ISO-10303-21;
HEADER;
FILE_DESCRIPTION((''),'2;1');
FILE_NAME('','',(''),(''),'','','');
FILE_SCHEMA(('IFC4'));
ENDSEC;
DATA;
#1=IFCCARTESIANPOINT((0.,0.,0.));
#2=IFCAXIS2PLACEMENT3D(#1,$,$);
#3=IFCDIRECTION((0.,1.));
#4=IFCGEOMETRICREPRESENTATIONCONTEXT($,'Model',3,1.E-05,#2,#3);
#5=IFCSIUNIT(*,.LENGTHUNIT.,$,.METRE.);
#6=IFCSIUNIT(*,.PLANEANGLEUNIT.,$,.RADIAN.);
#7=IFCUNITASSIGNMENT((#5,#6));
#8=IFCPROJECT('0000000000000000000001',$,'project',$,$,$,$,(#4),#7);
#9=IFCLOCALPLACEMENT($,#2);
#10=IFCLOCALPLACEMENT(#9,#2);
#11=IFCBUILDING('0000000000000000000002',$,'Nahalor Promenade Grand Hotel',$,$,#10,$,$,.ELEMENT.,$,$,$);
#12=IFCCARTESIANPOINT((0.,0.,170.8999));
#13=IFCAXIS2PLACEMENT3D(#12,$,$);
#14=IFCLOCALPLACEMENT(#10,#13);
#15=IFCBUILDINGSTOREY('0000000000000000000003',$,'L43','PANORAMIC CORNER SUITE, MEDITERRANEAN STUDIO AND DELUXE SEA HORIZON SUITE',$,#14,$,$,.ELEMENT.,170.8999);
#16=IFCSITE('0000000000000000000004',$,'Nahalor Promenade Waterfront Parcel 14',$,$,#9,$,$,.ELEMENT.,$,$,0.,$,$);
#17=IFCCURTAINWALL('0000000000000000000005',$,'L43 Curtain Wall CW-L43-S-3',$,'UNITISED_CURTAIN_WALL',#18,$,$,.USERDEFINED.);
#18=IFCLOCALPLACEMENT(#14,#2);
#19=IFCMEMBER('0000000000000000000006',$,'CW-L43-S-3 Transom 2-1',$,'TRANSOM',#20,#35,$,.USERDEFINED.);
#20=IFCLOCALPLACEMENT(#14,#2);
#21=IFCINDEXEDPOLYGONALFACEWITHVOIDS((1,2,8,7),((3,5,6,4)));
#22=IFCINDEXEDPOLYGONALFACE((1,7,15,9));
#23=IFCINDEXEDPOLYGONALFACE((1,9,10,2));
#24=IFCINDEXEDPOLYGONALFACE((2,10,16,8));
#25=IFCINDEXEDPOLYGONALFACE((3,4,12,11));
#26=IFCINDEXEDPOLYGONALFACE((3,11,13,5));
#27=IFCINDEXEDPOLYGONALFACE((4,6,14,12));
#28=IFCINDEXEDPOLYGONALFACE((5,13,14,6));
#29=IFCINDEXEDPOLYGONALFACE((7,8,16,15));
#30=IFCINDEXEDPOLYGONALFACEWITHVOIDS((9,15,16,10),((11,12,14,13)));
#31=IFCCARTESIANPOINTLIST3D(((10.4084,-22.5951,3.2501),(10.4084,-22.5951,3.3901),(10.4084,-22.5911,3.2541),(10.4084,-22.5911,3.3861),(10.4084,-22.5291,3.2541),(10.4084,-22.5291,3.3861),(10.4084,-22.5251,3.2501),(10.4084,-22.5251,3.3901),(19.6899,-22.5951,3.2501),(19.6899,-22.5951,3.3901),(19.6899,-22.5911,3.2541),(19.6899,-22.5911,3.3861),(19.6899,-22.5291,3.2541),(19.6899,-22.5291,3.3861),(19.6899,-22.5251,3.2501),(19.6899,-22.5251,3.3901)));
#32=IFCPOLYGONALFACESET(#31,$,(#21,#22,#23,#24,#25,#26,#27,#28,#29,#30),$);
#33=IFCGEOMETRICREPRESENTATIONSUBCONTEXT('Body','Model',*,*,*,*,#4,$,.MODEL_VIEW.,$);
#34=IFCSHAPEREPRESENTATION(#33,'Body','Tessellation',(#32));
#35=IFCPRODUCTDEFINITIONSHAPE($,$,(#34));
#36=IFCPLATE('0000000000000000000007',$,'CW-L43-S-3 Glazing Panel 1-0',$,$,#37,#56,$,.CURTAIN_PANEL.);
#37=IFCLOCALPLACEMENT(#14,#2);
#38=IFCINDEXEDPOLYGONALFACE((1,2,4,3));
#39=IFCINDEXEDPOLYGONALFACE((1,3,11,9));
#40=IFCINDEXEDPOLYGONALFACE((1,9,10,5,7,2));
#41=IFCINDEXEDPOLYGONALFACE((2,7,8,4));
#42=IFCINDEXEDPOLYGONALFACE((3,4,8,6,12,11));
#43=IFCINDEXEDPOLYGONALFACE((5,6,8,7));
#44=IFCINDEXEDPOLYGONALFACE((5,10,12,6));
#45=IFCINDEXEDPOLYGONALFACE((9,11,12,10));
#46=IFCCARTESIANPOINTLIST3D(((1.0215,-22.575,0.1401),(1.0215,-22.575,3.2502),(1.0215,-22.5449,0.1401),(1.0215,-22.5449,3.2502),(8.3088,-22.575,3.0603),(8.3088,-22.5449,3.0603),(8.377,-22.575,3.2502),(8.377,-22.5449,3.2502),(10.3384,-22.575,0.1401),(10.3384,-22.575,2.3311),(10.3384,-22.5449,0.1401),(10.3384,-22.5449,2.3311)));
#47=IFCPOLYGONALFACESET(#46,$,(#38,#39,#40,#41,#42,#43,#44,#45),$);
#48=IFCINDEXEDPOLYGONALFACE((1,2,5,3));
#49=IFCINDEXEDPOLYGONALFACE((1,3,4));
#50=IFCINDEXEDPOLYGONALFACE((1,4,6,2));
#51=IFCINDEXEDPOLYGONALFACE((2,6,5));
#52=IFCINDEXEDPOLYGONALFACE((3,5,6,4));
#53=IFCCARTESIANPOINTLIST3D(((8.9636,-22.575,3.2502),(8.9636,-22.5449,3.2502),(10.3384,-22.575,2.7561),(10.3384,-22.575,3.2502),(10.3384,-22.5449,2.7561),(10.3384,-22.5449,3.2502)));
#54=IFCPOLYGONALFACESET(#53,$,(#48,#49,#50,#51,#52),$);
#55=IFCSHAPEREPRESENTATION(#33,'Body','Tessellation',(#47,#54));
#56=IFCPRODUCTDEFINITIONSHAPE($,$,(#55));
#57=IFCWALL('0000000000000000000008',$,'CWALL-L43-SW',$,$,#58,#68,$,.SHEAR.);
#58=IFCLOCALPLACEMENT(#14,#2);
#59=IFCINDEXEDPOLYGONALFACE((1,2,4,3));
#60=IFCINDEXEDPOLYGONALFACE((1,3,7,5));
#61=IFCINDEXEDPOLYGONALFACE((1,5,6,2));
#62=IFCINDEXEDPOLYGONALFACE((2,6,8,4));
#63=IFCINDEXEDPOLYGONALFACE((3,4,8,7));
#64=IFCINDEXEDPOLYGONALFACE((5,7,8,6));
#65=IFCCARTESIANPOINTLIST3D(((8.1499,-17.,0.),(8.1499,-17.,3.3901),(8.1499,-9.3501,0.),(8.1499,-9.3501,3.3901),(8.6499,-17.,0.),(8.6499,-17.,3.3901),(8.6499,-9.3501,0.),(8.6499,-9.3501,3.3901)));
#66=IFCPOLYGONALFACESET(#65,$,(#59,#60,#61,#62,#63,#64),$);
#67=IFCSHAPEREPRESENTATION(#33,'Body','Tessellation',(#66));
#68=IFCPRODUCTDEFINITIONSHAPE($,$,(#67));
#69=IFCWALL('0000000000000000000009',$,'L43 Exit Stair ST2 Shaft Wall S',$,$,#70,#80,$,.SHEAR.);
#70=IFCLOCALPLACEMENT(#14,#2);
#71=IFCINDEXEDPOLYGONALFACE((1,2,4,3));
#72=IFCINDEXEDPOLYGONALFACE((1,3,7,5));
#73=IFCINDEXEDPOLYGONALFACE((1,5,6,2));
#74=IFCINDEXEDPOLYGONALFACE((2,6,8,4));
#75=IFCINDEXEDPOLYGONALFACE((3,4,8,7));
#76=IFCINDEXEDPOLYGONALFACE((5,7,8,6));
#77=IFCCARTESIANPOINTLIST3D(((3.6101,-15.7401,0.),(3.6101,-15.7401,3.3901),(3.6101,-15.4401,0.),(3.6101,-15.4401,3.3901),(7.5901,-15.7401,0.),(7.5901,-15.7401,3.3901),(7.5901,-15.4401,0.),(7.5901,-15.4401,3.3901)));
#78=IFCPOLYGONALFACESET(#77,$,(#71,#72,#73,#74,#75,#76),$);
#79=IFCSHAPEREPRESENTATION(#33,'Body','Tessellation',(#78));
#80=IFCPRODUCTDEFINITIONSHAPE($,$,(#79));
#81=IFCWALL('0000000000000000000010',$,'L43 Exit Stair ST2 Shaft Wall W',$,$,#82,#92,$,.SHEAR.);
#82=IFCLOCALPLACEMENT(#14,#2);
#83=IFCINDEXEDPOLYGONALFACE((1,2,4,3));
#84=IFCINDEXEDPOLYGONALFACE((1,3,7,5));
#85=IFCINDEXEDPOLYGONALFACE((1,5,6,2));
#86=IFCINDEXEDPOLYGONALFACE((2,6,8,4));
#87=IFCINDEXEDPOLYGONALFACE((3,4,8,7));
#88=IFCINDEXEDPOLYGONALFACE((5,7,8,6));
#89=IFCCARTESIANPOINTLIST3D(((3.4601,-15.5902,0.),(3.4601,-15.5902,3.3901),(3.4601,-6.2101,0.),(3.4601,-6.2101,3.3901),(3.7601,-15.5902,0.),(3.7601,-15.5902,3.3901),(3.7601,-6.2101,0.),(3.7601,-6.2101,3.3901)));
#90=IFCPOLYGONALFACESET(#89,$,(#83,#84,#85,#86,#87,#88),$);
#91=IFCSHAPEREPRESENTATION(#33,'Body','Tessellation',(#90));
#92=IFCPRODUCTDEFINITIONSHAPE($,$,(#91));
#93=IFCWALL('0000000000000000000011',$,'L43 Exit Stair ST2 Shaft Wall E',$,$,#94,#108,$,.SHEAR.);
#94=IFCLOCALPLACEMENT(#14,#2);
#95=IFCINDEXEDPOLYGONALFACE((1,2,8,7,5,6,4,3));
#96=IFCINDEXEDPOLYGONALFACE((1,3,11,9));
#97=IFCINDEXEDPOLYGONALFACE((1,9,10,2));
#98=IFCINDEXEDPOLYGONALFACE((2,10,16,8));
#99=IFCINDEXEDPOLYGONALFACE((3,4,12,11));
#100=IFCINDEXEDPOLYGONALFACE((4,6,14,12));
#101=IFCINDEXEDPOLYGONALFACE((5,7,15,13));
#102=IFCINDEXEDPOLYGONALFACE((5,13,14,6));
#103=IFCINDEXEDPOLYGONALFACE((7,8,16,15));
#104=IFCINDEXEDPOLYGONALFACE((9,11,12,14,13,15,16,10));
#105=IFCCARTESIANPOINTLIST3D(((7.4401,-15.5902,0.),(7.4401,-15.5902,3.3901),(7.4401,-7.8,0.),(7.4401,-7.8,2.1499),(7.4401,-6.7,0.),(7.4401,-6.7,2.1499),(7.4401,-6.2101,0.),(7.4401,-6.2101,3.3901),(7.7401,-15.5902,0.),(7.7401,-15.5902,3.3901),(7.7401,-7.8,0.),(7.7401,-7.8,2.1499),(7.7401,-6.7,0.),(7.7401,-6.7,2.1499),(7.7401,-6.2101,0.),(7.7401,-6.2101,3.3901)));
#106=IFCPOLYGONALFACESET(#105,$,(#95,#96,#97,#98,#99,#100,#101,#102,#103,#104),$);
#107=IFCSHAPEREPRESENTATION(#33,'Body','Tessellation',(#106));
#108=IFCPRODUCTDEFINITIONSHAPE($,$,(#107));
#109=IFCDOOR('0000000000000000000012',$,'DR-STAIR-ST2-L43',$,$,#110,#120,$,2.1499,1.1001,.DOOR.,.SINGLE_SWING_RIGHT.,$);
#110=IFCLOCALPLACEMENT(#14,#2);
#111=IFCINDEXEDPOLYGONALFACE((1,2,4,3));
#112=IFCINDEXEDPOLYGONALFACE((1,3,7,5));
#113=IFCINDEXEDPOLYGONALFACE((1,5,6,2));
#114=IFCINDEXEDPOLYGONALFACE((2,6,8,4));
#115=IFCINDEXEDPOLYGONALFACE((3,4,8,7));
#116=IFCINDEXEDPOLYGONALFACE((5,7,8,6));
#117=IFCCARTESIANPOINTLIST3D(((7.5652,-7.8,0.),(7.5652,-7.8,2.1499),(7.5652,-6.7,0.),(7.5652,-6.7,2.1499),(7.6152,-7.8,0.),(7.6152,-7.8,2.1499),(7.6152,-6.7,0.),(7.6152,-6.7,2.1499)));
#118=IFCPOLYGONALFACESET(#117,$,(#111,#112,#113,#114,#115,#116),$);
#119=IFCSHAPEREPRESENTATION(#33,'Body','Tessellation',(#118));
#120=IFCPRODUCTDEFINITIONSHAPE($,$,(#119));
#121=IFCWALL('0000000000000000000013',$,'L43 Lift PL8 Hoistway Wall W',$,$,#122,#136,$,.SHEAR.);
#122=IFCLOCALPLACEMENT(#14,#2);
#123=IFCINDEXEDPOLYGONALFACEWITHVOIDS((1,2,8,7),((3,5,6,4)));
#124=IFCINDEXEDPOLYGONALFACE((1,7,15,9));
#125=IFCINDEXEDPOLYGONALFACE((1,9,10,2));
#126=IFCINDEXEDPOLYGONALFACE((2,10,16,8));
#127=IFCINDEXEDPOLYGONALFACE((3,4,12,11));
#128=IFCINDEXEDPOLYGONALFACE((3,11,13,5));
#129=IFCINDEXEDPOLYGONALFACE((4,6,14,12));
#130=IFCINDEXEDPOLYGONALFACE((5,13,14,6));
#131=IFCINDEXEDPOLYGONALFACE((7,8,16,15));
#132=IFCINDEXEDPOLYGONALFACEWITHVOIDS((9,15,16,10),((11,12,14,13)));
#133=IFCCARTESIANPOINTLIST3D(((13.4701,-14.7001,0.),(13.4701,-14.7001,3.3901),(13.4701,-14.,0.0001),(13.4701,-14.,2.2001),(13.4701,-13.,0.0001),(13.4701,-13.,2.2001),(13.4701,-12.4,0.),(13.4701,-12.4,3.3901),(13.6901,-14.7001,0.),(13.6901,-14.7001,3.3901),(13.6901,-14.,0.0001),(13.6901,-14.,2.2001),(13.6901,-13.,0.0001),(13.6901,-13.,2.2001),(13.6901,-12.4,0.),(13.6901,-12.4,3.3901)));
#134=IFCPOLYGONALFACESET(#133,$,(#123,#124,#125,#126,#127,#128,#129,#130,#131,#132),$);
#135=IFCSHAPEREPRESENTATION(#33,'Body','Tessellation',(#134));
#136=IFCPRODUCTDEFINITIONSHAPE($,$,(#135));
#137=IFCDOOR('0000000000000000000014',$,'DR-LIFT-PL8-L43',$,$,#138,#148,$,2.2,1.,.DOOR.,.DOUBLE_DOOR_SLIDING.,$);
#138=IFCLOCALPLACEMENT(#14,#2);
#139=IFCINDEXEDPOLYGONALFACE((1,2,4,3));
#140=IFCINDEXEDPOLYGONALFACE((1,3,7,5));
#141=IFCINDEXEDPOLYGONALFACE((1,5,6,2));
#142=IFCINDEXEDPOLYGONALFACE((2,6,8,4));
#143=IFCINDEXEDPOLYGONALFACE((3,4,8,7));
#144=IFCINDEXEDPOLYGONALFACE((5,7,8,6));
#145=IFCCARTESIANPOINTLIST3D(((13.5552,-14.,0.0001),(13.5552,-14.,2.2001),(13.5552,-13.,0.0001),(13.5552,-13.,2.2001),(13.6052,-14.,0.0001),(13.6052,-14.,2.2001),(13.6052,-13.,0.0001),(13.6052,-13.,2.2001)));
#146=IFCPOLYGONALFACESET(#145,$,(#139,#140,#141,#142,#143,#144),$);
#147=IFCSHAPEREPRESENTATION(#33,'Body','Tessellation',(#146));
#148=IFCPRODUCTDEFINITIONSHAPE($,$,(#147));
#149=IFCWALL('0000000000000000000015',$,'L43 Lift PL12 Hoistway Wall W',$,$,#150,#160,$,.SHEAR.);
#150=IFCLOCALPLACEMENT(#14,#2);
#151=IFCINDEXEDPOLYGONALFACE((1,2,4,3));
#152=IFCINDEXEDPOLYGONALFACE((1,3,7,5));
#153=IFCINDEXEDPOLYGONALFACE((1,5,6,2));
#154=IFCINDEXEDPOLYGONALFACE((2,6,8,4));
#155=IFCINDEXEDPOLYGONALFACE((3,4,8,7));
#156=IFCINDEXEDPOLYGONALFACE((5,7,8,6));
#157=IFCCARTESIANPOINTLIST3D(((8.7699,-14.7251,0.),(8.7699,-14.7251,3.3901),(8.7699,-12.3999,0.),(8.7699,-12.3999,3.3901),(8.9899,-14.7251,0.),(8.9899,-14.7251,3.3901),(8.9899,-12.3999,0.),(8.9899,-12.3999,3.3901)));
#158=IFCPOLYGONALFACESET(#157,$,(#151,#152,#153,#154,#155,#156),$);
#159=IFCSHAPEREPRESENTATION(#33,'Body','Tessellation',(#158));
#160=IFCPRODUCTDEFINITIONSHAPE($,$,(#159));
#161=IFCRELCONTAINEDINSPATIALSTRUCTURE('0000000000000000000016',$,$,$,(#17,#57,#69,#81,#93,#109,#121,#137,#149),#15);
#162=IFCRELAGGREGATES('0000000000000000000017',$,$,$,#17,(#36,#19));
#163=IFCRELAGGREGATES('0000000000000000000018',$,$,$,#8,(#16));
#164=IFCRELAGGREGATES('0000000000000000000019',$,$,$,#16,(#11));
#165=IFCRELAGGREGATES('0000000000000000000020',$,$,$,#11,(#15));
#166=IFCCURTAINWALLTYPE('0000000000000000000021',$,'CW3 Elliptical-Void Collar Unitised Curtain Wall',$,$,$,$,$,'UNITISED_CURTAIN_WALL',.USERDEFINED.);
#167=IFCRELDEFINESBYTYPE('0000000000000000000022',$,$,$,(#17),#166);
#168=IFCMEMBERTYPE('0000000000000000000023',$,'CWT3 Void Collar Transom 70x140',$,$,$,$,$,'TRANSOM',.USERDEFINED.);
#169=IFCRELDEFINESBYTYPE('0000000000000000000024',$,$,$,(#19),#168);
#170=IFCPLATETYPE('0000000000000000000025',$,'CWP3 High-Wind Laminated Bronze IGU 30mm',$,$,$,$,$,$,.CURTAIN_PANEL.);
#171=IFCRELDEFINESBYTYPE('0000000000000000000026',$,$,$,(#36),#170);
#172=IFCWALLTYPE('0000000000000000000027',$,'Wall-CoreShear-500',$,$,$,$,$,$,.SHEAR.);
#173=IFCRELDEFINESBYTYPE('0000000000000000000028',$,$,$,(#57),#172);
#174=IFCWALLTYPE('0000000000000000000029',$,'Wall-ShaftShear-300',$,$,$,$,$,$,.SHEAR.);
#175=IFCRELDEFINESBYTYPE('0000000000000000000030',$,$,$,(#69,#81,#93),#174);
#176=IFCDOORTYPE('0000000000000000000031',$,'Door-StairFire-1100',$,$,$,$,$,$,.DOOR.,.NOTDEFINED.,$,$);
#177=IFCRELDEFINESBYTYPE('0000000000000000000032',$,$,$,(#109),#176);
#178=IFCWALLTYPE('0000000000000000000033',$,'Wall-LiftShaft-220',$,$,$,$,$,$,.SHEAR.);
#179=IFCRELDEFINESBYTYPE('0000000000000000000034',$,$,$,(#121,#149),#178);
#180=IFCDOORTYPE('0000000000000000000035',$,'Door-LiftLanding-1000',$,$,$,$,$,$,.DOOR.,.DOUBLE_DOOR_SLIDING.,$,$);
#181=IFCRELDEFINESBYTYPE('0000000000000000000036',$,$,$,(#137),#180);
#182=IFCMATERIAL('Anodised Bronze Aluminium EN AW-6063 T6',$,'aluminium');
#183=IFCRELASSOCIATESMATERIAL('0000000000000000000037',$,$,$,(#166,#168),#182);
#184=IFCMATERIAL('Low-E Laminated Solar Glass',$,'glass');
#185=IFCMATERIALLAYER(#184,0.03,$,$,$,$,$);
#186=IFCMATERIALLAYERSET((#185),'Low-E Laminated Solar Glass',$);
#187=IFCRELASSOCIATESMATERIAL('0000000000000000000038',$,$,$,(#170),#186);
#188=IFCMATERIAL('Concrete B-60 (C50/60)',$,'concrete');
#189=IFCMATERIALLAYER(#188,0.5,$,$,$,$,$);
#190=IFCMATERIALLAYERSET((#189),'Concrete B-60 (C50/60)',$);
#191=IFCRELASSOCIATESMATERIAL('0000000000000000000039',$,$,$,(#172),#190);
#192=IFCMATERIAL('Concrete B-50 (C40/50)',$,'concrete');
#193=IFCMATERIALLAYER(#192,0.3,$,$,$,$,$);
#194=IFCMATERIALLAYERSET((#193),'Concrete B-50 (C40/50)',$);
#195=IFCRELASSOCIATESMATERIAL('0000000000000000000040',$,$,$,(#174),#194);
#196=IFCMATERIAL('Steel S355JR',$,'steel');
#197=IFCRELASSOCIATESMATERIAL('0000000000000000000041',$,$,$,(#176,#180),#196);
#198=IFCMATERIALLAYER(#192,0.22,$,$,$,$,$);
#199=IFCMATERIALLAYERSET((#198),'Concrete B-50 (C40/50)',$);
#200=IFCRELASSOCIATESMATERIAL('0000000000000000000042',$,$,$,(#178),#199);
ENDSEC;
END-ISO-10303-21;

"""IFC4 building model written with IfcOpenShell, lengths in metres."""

from ifc_helpers import new_model, si_unit, direction, frame, frame_2d, origin, origin_2d, place, context, subcontext, project, spatial, polyline, rectangle, hollow_rectangle, outline, extrude, source, transform, mapped, material, layer, layer_set, material_profile, profile_set, type_object, element, fill, aggregate, save


model = new_model("IFC4")

# Units and contexts
model_context = context("Model", 3, precision=1e-05, world=origin(), true_north=direction((0.0, 1.0)))
body_context = subcontext(model_context, "Body", "Model", "MODEL_VIEW")
ifc_project = project(units=[si_unit("LENGTHUNIT", "METRE"), si_unit("PLANEANGLEUNIT", "RADIAN")], contexts=[model_context])

# Site, building, storey
site_placement = place(None, origin())
site = spatial("IfcSite", under=ifc_project, at=site_placement, Name="Nahalor Promenade Waterfront Parcel 14", CompositionType="ELEMENT", RefElevation=0.0)
building_placement = place(site_placement, origin())
building = spatial("IfcBuilding", under=site, at=building_placement, Name="Nahalor Promenade Grand Hotel", CompositionType="ELEMENT")
storey_placement = place(building_placement, frame((0.0, 0.0, 170.8999)))
storey = spatial("IfcBuildingStorey", under=building, at=storey_placement, Name="L43", Description="PANORAMIC CORNER SUITE, MEDITERRANEAN STUDIO AND DELUXE SEA HORIZON SUITE", CompositionType="ELEMENT", Elevation=170.8999)

# Shared definitions
ifc_material_1 = material(Name="Concrete B-60 (C50/60)", Category="concrete")

# Shared definitions
ifc_material_2 = material(Name="Steel S355JR", Category="steel")

# Curtain wall, member, plate
ifc_material_3 = material(Name="Anodised Bronze Aluminium EN AW-6063 T6", Category="aluminium")
curtain_wall_type = type_object("IfcCurtainWallType", Name="CW3 Elliptical-Void Collar Unitised Curtain Wall", ElementType="UNITISED_CURTAIN_WALL", PredefinedType="USERDEFINED", material=ifc_material_3)
curtain_wall_placement = place(storey_placement, origin())
curtain_wall = element("IfcCurtainWall", 1, at=curtain_wall_placement, inside=storey, type_object=curtain_wall_type, Name="L43 Curtain Wall CW-L43-S-3", ObjectType="UNITISED_CURTAIN_WALL", PredefinedType="USERDEFINED")
ifc_material_profile_1 = material_profile(ifc_material_3, hollow_rectangle(XDim=0.07, YDim=0.14, WallThickness=0.004, at=origin_2d()), Name="CWT 70x140x4")
ifc_profile_set_1 = profile_set([ifc_material_profile_1], Name="Anodised Bronze Aluminium EN AW-6063 T6")
member_type_1 = type_object("IfcMemberType", Name="CWT3 Void Collar Transom 70x140", ElementType="TRANSOM", PredefinedType="USERDEFINED", material=ifc_profile_set_1)
shared_shape_1 = source(origin(), body_context, "Body", "SweptSolid", [
    extrude(hollow_rectangle(XDim=0.07, YDim=0.14, WallThickness=0.004, at=origin_2d()), origin(), (0.0, 0.0, 1.0), 9.2815),
])
member_1_placement = place(storey_placement, frame((10.4084, -22.5601, 3.3201), z_axis=(1.0, 0.0, 0.0), x_axis=(0.0, 1.0, 0.0)))
member_1 = element("IfcMember", 2, at=member_1_placement, type_object=member_type_1, Name="CW-L43-S-3 Transom 2-1", ObjectType="TRANSOM", PredefinedType="USERDEFINED", context=body_context, shape_type="MappedRepresentation", body=[
    mapped(shared_shape_1, transform((0.0, 0.0, 0.0), scale=1.0)),
])
ifc_material_4 = material(Name="Low-E Laminated Solar Glass", Category="glass")
ifc_layer_1 = layer(ifc_material_4, 0.03)
ifc_layer_set_1 = layer_set([ifc_layer_1], Name="Low-E Laminated Solar Glass")
plate_type = type_object("IfcPlateType", Name="CWP3 High-Wind Laminated Bronze IGU 30mm", PredefinedType="CURTAIN_PANEL", material=ifc_layer_set_1)
plate_placement = place(storey_placement, frame((5.6799, -22.5601, 0.1401), z_axis=(0.0, 0.0, 1.0), x_axis=(1.0, 0.0, 0.0)))
plate = element("IfcPlate", 3, at=plate_placement, type_object=plate_type, Name="CW-L43-S-3 Glazing Panel 1-0", PredefinedType="CURTAIN_PANEL", context=body_context, shape_type="SweptSolid", body=[
    extrude(outline(polyline([(-4.6584, 0.0), (4.6584, 0.0), (4.6584, 2.1909), (2.6289, 2.9202), (2.697, 3.1101), (-4.6584, 3.1101), (-4.6584, 0.0)])), frame((0.0, 0.0151, 0.0), z_axis=(0.0, -1.0, 0.0), x_axis=(1.0, 0.0, 0.0)), (0.0, 0.0, 1.0), 0.03),
    extrude(outline(polyline([(4.6584, 2.616), (4.6584, 3.1101), (3.2837, 3.1101), (4.6584, 2.616)])), frame((0.0, 0.0151, 0.0), z_axis=(0.0, -1.0, 0.0), x_axis=(1.0, 0.0, 0.0)), (0.0, 0.0, 1.0), 0.03),
])
aggregate(curtain_wall, [plate, member_1])

# Walls
ifc_layer_2 = layer(ifc_material_1, 0.5)
ifc_layer_set_2 = layer_set([ifc_layer_2], Name="Concrete B-60 (C50/60)")
wall_type_1 = type_object("IfcWallType", Name="Wall-CoreShear-500", PredefinedType="SHEAR", material=ifc_layer_set_2)
shared_shape_2 = source(origin(), body_context, "Body", "SweptSolid", [
    extrude(rectangle(XDim=7.6499, YDim=0.5, at=frame_2d((3.825, 0.0))), origin(), (0.0, 0.0, 1.0), 3.3901),
])
wall_1_placement = place(storey_placement, frame((8.3999, -17.0, 0.0), z_axis=(0.0, 0.0, 1.0), x_axis=(0.0, 1.0, 0.0)))
element("IfcWall", 4, at=wall_1_placement, inside=storey, type_object=wall_type_1, Name="CWALL-L43-SW", PredefinedType="SHEAR", context=body_context, shape_type="MappedRepresentation", body=[
    mapped(shared_shape_2, transform((0.0, 0.0, 0.0), scale=1.0)),
])
ifc_material_5 = material(Name="Concrete B-50 (C40/50)", Category="concrete")
ifc_layer_3 = layer(ifc_material_5, 0.3)
ifc_layer_set_3 = layer_set([ifc_layer_3], Name="Concrete B-50 (C40/50)")
wall_type_2 = type_object("IfcWallType", Name="Wall-ShaftShear-300", PredefinedType="SHEAR", material=ifc_layer_set_3)
shared_shape_3 = source(origin(), body_context, "Body", "SweptSolid", [
    extrude(rectangle(XDim=3.98, YDim=0.3, at=frame_2d((1.99, 0.0))), origin(), (0.0, 0.0, 1.0), 3.3901),
])
wall_2_placement = place(storey_placement, frame((3.6101, -15.5901, 0.0), z_axis=(0.0, 0.0, 1.0), x_axis=(1.0, 0.0, 0.0)))
element("IfcWall", 5, at=wall_2_placement, inside=storey, type_object=wall_type_2, Name="L43 Exit Stair ST2 Shaft Wall S", PredefinedType="SHEAR", context=body_context, shape_type="MappedRepresentation", body=[
    mapped(shared_shape_3, transform((0.0, 0.0, 0.0), scale=1.0)),
])
shared_shape_4 = source(origin(), body_context, "Body", "SweptSolid", [
    extrude(rectangle(XDim=9.3801, YDim=0.3, at=frame_2d((4.6899, 0.0))), origin(), (0.0, 0.0, 1.0), 3.3901),
])
wall_3_placement = place(storey_placement, frame((3.6101, -15.5901, 0.0), z_axis=(0.0, 0.0, 1.0), x_axis=(0.0, 1.0, 0.0)))
element("IfcWall", 6, at=wall_3_placement, inside=storey, type_object=wall_type_2, Name="L43 Exit Stair ST2 Shaft Wall W", PredefinedType="SHEAR", context=body_context, shape_type="MappedRepresentation", body=[
    mapped(shared_shape_4, transform((0.0, 0.0, 0.0), scale=1.0)),
])

# Walls, openings, doors
wall_4_placement = place(storey_placement, frame((7.5901, -15.5901, 0.0), z_axis=(0.0, 0.0, 1.0), x_axis=(0.0, 1.0, 0.0)))
wall_4 = element("IfcWall", 7, at=wall_4_placement, inside=storey, type_object=wall_type_2, Name="L43 Exit Stair ST2 Shaft Wall E", PredefinedType="SHEAR", context=body_context, shape_type="MappedRepresentation", body=[
    mapped(shared_shape_4, transform((0.0, 0.0, 0.0), scale=1.0)),
])
opening_1_placement = place(wall_4_placement, frame((7.79, 0.0, 0.0)))
opening_1 = element("IfcOpeningElement", 8, at=opening_1_placement, cuts=wall_4, PredefinedType="OPENING", context=body_context, shape_type="SweptSolid", body=[
    extrude(rectangle(XDim=1.1001, YDim=2.1499, at=frame_2d((0.55, 1.075))), frame((0.0, 0.1599, 0.0), z_axis=(0.0, -1.0, 0.0), x_axis=(1.0, 0.0, 0.0)), (0.0, 0.0, 1.0), 0.3201),
])
door_type_1 = type_object("IfcDoorType", Name="Door-StairFire-1100", OperationType="NOTDEFINED", PredefinedType="DOOR", material=ifc_material_2)
shared_shape_5 = source(origin(), body_context, "Body", "SweptSolid", [
    extrude(rectangle(XDim=1.1001, YDim=2.1499, at=frame_2d((0.55, 1.075))), frame((0.0, 0.0249, 0.0), z_axis=(0.0, -1.0, 0.0), x_axis=(1.0, 0.0, 0.0)), (0.0, 0.0, 1.0), 0.05),
])
door_1_placement = place(opening_1_placement, origin())
door_1 = element("IfcDoor", 9, at=door_1_placement, inside=storey, type_object=door_type_1, Name="DR-STAIR-ST2-L43", OperationType="SINGLE_SWING_RIGHT", OverallHeight=2.1499, OverallWidth=1.1001, PredefinedType="DOOR", context=body_context, shape_type="MappedRepresentation", body=[
    mapped(shared_shape_5, transform((0.0, 0.0, 0.0), scale=1.0)),
])
fill(opening_1, door_1)
ifc_layer_4 = layer(ifc_material_5, 0.22)
ifc_layer_set_4 = layer_set([ifc_layer_4], Name="Concrete B-50 (C40/50)")
wall_type_3 = type_object("IfcWallType", Name="Wall-LiftShaft-220", PredefinedType="SHEAR", material=ifc_layer_set_4)
shared_shape_6 = source(origin(), body_context, "Body", "SweptSolid", [
    extrude(rectangle(XDim=2.3, YDim=0.22, at=frame_2d((1.1499, 0.0))), origin(), (0.0, 0.0, 1.0), 3.3901),
])
wall_5_placement = place(storey_placement, frame((13.5801, -14.7, 0.0), z_axis=(0.0, 0.0, 1.0), x_axis=(0.0, 1.0, 0.0)))
wall_5 = element("IfcWall", 10, at=wall_5_placement, inside=storey, type_object=wall_type_3, Name="L43 Lift PL8 Hoistway Wall W", PredefinedType="SHEAR", context=body_context, shape_type="MappedRepresentation", body=[
    mapped(shared_shape_6, transform((0.0, 0.0, 0.0), scale=1.0)),
])
opening_2_placement = place(wall_5_placement, frame((0.7, 0.0, 0.0)))
opening_2 = element("IfcOpeningElement", 11, at=opening_2_placement, cuts=wall_5, PredefinedType="OPENING", context=body_context, shape_type="SweptSolid", body=[
    extrude(rectangle(XDim=1.0, YDim=2.2, at=frame_2d((0.5, 1.1001))), frame((0.0, 0.1199, 0.0), z_axis=(0.0, -1.0, 0.0), x_axis=(1.0, 0.0, 0.0)), (0.0, 0.0, 1.0), 0.24),
])
door_type_2 = type_object("IfcDoorType", Name="Door-LiftLanding-1000", OperationType="DOUBLE_DOOR_SLIDING", PredefinedType="DOOR", material=ifc_material_2)
shared_shape_7 = source(origin(), body_context, "Body", "SweptSolid", [
    extrude(rectangle(XDim=1.0, YDim=2.2, at=frame_2d((0.5, 1.1001))), frame((0.0, 0.0249, 0.0), z_axis=(0.0, -1.0, 0.0), x_axis=(1.0, 0.0, 0.0)), (0.0, 0.0, 1.0), 0.05),
])
door_2_placement = place(opening_2_placement, origin())
door_2 = element("IfcDoor", 12, at=door_2_placement, inside=storey, type_object=door_type_2, Name="DR-LIFT-PL8-L43", OperationType="DOUBLE_DOOR_SLIDING", OverallHeight=2.2, OverallWidth=1.0, PredefinedType="DOOR", context=body_context, shape_type="MappedRepresentation", body=[
    mapped(shared_shape_7, transform((0.0, 0.0, 0.0), scale=1.0)),
])
fill(opening_2, door_2)

# Wall
shared_shape_8 = source(origin(), body_context, "Body", "SweptSolid", [
    extrude(rectangle(XDim=2.3252, YDim=0.22, at=frame_2d((1.1626, 0.0))), origin(), (0.0, 0.0, 1.0), 3.3901),
])
for number, where, z_axis, x_axis, name in (
    (13, (8.8799, -14.7251, 0.0), (0.0, 0.0, 1.0), (0.0, 1.0, 0.0), "L43 Lift PL12 Hoistway Wall W"),
):
    element("IfcWall", number, at=place(storey_placement, frame(where, z_axis=z_axis, x_axis=x_axis)), inside=storey, type_object=wall_type_3, Name=name, PredefinedType="SHEAR", context=body_context, shape_type="MappedRepresentation", body=[
        mapped(shared_shape_8, transform((0.0, 0.0, 0.0), scale=1.0)),
    ])

save(model, "model.ifc")
